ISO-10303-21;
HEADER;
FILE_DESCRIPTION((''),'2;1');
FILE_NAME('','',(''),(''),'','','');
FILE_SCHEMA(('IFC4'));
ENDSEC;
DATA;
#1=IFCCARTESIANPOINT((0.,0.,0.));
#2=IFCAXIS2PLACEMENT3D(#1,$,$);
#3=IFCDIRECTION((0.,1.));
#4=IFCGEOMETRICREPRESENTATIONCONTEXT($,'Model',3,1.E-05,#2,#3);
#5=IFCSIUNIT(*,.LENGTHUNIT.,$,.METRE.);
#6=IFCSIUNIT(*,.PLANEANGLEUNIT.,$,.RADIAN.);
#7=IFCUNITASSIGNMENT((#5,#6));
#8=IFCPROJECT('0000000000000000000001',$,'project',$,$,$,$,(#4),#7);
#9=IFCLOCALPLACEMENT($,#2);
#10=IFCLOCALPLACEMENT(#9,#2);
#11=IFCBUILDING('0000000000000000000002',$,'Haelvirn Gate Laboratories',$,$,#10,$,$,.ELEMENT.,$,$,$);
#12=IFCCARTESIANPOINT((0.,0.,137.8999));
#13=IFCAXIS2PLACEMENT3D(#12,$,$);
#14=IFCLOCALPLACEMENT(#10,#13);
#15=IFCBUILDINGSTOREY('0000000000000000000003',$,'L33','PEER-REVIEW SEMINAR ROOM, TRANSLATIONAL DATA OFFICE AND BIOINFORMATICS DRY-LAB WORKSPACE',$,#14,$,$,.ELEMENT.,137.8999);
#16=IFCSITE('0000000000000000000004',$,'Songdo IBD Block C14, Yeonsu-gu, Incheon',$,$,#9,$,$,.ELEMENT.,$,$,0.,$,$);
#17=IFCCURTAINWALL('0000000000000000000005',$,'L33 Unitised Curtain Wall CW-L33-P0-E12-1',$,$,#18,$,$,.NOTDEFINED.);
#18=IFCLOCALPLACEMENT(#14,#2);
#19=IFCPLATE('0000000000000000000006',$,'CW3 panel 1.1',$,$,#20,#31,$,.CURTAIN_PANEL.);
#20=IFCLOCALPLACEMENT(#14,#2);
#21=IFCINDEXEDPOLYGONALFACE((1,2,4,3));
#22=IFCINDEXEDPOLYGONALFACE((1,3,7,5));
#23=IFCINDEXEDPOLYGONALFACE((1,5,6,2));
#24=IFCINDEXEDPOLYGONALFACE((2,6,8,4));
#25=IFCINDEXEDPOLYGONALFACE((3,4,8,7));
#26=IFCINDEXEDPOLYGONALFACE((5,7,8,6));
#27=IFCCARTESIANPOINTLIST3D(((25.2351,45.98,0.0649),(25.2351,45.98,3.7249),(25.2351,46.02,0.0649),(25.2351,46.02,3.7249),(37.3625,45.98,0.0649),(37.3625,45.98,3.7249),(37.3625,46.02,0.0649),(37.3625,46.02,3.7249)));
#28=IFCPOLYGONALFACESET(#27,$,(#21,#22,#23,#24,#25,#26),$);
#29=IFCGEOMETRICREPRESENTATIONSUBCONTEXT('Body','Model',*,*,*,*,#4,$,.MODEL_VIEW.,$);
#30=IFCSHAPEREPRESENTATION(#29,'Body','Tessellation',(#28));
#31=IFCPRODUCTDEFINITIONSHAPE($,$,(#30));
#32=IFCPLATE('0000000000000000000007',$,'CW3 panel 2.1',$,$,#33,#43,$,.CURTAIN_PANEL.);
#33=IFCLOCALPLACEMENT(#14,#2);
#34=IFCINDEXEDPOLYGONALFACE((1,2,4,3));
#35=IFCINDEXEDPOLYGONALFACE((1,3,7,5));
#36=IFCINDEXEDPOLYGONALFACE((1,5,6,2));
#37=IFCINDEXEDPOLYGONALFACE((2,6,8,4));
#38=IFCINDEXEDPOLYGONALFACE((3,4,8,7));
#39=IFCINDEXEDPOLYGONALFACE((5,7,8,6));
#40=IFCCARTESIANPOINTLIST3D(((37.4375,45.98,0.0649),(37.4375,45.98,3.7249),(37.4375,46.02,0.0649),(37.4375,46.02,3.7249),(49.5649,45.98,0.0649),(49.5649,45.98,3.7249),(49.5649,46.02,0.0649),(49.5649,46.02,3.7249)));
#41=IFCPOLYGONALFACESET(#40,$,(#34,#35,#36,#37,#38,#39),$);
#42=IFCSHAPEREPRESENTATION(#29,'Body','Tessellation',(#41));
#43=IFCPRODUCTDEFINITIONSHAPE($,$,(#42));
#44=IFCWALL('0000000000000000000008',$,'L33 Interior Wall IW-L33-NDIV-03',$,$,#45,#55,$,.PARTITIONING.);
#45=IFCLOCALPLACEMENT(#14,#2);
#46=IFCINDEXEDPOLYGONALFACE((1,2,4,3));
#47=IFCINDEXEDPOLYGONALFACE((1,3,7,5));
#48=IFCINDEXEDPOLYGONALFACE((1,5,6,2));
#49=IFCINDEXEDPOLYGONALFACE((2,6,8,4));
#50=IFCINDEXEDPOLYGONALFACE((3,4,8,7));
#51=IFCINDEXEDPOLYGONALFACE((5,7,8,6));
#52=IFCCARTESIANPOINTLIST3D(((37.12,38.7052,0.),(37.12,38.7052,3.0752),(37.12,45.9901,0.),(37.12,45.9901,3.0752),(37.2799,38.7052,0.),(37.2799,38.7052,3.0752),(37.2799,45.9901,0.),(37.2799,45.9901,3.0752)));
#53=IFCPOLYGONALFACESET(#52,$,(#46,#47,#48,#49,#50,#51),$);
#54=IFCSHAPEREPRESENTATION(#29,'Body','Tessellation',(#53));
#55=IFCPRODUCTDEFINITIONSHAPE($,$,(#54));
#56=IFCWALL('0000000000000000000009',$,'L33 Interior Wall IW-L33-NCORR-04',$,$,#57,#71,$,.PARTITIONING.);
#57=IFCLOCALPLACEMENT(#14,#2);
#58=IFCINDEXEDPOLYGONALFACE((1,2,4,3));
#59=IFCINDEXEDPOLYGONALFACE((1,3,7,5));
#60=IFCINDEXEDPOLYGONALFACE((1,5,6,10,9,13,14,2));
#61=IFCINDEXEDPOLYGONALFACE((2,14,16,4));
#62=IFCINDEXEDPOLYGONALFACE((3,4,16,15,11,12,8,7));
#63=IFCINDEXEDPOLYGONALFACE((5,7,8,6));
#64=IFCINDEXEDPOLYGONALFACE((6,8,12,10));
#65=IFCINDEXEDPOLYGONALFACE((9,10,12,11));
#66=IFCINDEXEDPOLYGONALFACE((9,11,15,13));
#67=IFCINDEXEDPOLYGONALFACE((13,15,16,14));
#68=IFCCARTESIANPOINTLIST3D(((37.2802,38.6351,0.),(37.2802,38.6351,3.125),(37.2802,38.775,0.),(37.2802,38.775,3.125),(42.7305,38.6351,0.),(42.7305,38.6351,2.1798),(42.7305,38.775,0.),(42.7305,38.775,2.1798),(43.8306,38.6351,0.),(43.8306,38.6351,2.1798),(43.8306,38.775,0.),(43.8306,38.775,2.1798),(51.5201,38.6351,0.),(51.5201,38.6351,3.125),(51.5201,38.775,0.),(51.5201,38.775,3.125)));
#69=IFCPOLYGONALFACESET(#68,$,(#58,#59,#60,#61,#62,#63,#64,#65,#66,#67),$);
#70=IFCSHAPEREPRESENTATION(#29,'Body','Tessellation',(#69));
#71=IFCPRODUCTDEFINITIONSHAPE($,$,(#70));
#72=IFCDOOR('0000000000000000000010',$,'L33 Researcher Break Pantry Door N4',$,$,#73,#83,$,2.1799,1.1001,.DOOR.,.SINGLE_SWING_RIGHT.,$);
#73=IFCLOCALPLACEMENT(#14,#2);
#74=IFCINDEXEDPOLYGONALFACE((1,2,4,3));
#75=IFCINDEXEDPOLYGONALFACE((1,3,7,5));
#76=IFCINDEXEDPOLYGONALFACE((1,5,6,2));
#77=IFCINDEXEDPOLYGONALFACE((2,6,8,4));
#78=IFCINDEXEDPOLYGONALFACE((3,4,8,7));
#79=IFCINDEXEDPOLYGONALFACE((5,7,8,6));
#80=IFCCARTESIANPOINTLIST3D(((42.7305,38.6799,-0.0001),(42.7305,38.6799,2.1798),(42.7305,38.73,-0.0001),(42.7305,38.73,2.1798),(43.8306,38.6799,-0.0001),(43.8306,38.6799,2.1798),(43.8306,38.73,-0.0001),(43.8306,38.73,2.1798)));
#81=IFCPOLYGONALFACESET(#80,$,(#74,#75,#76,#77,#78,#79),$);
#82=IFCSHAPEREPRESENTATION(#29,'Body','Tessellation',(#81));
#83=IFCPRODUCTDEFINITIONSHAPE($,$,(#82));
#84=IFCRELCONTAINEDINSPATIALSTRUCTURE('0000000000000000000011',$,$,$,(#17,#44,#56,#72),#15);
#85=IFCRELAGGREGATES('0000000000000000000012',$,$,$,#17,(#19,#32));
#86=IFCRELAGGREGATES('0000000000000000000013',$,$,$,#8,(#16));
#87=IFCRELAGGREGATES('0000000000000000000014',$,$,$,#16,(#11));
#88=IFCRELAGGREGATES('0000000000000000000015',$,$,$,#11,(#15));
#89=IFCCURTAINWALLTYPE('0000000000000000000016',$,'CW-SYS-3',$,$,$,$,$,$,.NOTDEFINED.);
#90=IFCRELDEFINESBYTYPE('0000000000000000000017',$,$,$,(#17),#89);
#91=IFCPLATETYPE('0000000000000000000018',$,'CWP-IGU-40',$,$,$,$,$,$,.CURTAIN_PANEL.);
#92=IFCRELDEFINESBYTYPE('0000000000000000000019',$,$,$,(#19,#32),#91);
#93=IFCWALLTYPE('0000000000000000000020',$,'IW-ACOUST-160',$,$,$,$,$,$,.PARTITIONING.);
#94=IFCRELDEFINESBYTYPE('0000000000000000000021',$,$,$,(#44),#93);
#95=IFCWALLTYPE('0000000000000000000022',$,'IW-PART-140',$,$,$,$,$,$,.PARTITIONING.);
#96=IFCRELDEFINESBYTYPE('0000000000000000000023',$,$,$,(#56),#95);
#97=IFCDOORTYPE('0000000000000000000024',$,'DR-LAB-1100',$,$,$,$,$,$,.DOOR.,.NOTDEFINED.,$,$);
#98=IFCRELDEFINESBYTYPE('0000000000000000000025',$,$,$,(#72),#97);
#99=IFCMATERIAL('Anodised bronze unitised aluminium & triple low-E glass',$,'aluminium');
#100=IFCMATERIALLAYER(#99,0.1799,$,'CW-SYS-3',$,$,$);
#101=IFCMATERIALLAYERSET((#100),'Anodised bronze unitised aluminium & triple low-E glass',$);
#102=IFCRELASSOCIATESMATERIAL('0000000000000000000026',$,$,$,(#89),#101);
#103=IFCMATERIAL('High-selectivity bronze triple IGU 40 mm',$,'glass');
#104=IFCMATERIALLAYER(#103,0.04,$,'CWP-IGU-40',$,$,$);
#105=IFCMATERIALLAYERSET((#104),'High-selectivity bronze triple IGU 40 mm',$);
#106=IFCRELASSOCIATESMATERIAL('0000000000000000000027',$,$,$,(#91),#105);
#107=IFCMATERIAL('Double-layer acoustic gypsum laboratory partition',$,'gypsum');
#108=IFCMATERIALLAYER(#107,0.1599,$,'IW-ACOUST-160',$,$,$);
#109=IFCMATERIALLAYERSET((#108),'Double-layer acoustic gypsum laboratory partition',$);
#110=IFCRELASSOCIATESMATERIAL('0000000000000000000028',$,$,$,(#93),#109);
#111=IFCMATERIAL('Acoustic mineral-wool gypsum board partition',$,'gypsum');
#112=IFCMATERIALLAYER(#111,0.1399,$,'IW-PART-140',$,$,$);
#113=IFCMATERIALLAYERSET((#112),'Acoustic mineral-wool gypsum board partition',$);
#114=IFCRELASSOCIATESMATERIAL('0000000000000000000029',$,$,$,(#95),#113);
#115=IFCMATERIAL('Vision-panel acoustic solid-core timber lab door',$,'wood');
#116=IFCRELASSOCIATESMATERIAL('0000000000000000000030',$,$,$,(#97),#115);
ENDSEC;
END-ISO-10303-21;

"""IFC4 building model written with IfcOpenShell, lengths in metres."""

from ifc_helpers import new_model, si_unit, direction, frame, frame_2d, origin, origin_2d, place, context, subcontext, project, spatial, rectangle, extrude, source, transform, mapped, material, layer, layer_set, type_object, type_shapes, element, fill, aggregate, save


model = new_model("IFC4")

# Units and contexts
model_context = context("Model", 3, precision=1e-05, world=origin(), true_north=direction((0.0, 1.0)))
body_context = subcontext(model_context, "Body", "Model", "MODEL_VIEW")
ifc_project = project(units=[si_unit("LENGTHUNIT", "METRE"), si_unit("PLANEANGLEUNIT", "RADIAN")], contexts=[model_context])

# Site, building, storey
site_placement = place(None, origin())
site = spatial("IfcSite", under=ifc_project, at=site_placement, Name="Songdo IBD Block C14, Yeonsu-gu, Incheon", CompositionType="ELEMENT", RefElevation=0.0)
building_placement = place(site_placement, origin())
building = spatial("IfcBuilding", under=site, at=building_placement, Name="Haelvirn Gate Laboratories", CompositionType="ELEMENT")
storey_placement = place(building_placement, frame((0.0, 0.0, 137.8999)))
storey = spatial("IfcBuildingStorey", under=building, at=storey_placement, Name="L33", Description="PEER-REVIEW SEMINAR ROOM, TRANSLATIONAL DATA OFFICE AND BIOINFORMATICS DRY-LAB WORKSPACE", CompositionType="ELEMENT", Elevation=137.8999)

# Curtain wall, plates
ifc_material_1 = material(Name="Anodised bronze unitised aluminium & triple low-E glass", Category="aluminium")
ifc_layer_1 = layer(ifc_material_1, 0.1799, Name="CW-SYS-3")
ifc_layer_set_1 = layer_set([ifc_layer_1], Name="Anodised bronze unitised aluminium & triple low-E glass")
curtain_wall_type = type_object("IfcCurtainWallType", Name="CW-SYS-3", PredefinedType="NOTDEFINED", material=ifc_layer_set_1)
curtain_wall_placement = place(storey_placement, origin())
curtain_wall = element("IfcCurtainWall", 1, at=curtain_wall_placement, inside=storey, type_object=curtain_wall_type, Name="L33 Unitised Curtain Wall CW-L33-P0-E12-1", PredefinedType="NOTDEFINED")
ifc_material_2 = material(Name="High-selectivity bronze triple IGU 40 mm", Category="glass")
ifc_layer_2 = layer(ifc_material_2, 0.04, Name="CWP-IGU-40")
ifc_layer_set_2 = layer_set([ifc_layer_2], Name="High-selectivity bronze triple IGU 40 mm")
plate_type = type_object("IfcPlateType", Name="CWP-IGU-40", PredefinedType="CURTAIN_PANEL", material=ifc_layer_set_2)
shared_shape_1 = source(origin(), body_context, "Body", "SweptSolid", [
    extrude(rectangle(XDim=12.1274, YDim=0.04, at=origin_2d()), origin(), (0.0, 0.0, 1.0), 3.6599),
])
type_shapes(plate_type, [shared_shape_1])
plate_1_placement = place(storey_placement, frame((31.2988, 46.0, 0.0649), z_axis=(0.0, 0.0, 1.0), x_axis=(1.0, 0.0, 0.0)))
plate_1 = element("IfcPlate", 2, at=plate_1_placement, type_object=plate_type, Name="CW3 panel 1.1", PredefinedType="CURTAIN_PANEL", context=body_context, shape_type="MappedRepresentation", body=[
    mapped(shared_shape_1, transform((0.0, 0.0, 0.0), scale=1.0)),
])
plate_2_placement = place(storey_placement, frame((43.5012, 46.0, 0.0649), z_axis=(0.0, 0.0, 1.0), x_axis=(1.0, 0.0, 0.0)))
plate_2 = element("IfcPlate", 3, at=plate_2_placement, type_object=plate_type, Name="CW3 panel 2.1", PredefinedType="CURTAIN_PANEL", context=body_context, shape_type="MappedRepresentation", body=[
    mapped(shared_shape_1, transform((0.0, 0.0, 0.0), scale=1.0)),
])
aggregate(curtain_wall, [plate_1, plate_2])

# Wall
ifc_material_3 = material(Name="Double-layer acoustic gypsum laboratory partition", Category="gypsum")
ifc_layer_3 = layer(ifc_material_3, 0.1599, Name="IW-ACOUST-160")
ifc_layer_set_3 = layer_set([ifc_layer_3], Name="Double-layer acoustic gypsum laboratory partition")
wall_type_1 = type_object("IfcWallType", Name="IW-ACOUST-160", PredefinedType="PARTITIONING", material=ifc_layer_set_3)
wall_1_placement = place(storey_placement, frame((37.2, 38.7051, 0.0), z_axis=(0.0, 0.0, 1.0), x_axis=(0.0, 1.0, 0.0)))
element("IfcWall", 4, at=wall_1_placement, inside=storey, type_object=wall_type_1, Name="L33 Interior Wall IW-L33-NDIV-03", PredefinedType="PARTITIONING", context=body_context, shape_type="SweptSolid", body=[
    extrude(rectangle(XDim=7.2849, YDim=0.1599, at=frame_2d((3.6426, 0.0))), origin(), (0.0, 0.0, 1.0), 3.0752),
])

# Wall, opening, door
ifc_material_4 = material(Name="Acoustic mineral-wool gypsum board partition", Category="gypsum")
ifc_layer_4 = layer(ifc_material_4, 0.1399, Name="IW-PART-140")
ifc_layer_set_4 = layer_set([ifc_layer_4], Name="Acoustic mineral-wool gypsum board partition")
wall_type_2 = type_object("IfcWallType", Name="IW-PART-140", PredefinedType="PARTITIONING", material=ifc_layer_set_4)
wall_2_placement = place(storey_placement, frame((37.28, 38.7051, 0.0), z_axis=(0.0, 0.0, 1.0), x_axis=(1.0, 0.0, 0.0)))
wall_2 = element("IfcWall", 5, at=wall_2_placement, inside=storey, type_object=wall_type_2, Name="L33 Interior Wall IW-L33-NCORR-04", PredefinedType="PARTITIONING", context=body_context, shape_type="SweptSolid", body=[
    extrude(rectangle(XDim=14.24, YDim=0.1399, at=frame_2d((7.1201, 0.0))), origin(), (0.0, 0.0, 1.0), 3.125),
])
opening_placement = place(wall_2_placement, frame((5.4504, 0.0, 0.0)))
opening = element("IfcOpeningElement", 6, at=opening_placement, cuts=wall_2, PredefinedType="OPENING", context=body_context, shape_type="SweptSolid", body=[
    extrude(rectangle(XDim=1.1001, YDim=2.1799, at=frame_2d((0.55, 1.0898))), frame((0.0, 0.0801, 0.0), z_axis=(0.0, -1.0, 0.0), x_axis=(1.0, 0.0, 0.0)), (0.0, 0.0, 1.0), 0.1599),
])
ifc_material_5 = material(Name="Vision-panel acoustic solid-core timber lab door", Category="wood")
door_type = type_object("IfcDoorType", Name="DR-LAB-1100", OperationType="NOTDEFINED", PredefinedType="DOOR", material=ifc_material_5)
shared_shape_2 = source(origin(), body_context, "Body", "SweptSolid", [
    extrude(rectangle(XDim=1.1001, YDim=2.1799, at=frame_2d((0.55, 1.0898))), frame((0.0, 0.0249, 0.0), z_axis=(0.0, -1.0, 0.0), x_axis=(1.0, 0.0, 0.0)), (0.0, 0.0, 1.0), 0.05),
])
type_shapes(door_type, [shared_shape_2])
door_placement = place(opening_placement, origin())
door = element("IfcDoor", 7, at=door_placement, inside=storey, type_object=door_type, Name="L33 Researcher Break Pantry Door N4", OperationType="SINGLE_SWING_RIGHT", OverallHeight=2.1799, OverallWidth=1.1001, PredefinedType="DOOR", context=body_context, shape_type="MappedRepresentation", body=[
    mapped(shared_shape_2, transform((0.0, 0.0, 0.0), scale=1.0)),
])
fill(opening, door)

save(model, "model.ifc")
